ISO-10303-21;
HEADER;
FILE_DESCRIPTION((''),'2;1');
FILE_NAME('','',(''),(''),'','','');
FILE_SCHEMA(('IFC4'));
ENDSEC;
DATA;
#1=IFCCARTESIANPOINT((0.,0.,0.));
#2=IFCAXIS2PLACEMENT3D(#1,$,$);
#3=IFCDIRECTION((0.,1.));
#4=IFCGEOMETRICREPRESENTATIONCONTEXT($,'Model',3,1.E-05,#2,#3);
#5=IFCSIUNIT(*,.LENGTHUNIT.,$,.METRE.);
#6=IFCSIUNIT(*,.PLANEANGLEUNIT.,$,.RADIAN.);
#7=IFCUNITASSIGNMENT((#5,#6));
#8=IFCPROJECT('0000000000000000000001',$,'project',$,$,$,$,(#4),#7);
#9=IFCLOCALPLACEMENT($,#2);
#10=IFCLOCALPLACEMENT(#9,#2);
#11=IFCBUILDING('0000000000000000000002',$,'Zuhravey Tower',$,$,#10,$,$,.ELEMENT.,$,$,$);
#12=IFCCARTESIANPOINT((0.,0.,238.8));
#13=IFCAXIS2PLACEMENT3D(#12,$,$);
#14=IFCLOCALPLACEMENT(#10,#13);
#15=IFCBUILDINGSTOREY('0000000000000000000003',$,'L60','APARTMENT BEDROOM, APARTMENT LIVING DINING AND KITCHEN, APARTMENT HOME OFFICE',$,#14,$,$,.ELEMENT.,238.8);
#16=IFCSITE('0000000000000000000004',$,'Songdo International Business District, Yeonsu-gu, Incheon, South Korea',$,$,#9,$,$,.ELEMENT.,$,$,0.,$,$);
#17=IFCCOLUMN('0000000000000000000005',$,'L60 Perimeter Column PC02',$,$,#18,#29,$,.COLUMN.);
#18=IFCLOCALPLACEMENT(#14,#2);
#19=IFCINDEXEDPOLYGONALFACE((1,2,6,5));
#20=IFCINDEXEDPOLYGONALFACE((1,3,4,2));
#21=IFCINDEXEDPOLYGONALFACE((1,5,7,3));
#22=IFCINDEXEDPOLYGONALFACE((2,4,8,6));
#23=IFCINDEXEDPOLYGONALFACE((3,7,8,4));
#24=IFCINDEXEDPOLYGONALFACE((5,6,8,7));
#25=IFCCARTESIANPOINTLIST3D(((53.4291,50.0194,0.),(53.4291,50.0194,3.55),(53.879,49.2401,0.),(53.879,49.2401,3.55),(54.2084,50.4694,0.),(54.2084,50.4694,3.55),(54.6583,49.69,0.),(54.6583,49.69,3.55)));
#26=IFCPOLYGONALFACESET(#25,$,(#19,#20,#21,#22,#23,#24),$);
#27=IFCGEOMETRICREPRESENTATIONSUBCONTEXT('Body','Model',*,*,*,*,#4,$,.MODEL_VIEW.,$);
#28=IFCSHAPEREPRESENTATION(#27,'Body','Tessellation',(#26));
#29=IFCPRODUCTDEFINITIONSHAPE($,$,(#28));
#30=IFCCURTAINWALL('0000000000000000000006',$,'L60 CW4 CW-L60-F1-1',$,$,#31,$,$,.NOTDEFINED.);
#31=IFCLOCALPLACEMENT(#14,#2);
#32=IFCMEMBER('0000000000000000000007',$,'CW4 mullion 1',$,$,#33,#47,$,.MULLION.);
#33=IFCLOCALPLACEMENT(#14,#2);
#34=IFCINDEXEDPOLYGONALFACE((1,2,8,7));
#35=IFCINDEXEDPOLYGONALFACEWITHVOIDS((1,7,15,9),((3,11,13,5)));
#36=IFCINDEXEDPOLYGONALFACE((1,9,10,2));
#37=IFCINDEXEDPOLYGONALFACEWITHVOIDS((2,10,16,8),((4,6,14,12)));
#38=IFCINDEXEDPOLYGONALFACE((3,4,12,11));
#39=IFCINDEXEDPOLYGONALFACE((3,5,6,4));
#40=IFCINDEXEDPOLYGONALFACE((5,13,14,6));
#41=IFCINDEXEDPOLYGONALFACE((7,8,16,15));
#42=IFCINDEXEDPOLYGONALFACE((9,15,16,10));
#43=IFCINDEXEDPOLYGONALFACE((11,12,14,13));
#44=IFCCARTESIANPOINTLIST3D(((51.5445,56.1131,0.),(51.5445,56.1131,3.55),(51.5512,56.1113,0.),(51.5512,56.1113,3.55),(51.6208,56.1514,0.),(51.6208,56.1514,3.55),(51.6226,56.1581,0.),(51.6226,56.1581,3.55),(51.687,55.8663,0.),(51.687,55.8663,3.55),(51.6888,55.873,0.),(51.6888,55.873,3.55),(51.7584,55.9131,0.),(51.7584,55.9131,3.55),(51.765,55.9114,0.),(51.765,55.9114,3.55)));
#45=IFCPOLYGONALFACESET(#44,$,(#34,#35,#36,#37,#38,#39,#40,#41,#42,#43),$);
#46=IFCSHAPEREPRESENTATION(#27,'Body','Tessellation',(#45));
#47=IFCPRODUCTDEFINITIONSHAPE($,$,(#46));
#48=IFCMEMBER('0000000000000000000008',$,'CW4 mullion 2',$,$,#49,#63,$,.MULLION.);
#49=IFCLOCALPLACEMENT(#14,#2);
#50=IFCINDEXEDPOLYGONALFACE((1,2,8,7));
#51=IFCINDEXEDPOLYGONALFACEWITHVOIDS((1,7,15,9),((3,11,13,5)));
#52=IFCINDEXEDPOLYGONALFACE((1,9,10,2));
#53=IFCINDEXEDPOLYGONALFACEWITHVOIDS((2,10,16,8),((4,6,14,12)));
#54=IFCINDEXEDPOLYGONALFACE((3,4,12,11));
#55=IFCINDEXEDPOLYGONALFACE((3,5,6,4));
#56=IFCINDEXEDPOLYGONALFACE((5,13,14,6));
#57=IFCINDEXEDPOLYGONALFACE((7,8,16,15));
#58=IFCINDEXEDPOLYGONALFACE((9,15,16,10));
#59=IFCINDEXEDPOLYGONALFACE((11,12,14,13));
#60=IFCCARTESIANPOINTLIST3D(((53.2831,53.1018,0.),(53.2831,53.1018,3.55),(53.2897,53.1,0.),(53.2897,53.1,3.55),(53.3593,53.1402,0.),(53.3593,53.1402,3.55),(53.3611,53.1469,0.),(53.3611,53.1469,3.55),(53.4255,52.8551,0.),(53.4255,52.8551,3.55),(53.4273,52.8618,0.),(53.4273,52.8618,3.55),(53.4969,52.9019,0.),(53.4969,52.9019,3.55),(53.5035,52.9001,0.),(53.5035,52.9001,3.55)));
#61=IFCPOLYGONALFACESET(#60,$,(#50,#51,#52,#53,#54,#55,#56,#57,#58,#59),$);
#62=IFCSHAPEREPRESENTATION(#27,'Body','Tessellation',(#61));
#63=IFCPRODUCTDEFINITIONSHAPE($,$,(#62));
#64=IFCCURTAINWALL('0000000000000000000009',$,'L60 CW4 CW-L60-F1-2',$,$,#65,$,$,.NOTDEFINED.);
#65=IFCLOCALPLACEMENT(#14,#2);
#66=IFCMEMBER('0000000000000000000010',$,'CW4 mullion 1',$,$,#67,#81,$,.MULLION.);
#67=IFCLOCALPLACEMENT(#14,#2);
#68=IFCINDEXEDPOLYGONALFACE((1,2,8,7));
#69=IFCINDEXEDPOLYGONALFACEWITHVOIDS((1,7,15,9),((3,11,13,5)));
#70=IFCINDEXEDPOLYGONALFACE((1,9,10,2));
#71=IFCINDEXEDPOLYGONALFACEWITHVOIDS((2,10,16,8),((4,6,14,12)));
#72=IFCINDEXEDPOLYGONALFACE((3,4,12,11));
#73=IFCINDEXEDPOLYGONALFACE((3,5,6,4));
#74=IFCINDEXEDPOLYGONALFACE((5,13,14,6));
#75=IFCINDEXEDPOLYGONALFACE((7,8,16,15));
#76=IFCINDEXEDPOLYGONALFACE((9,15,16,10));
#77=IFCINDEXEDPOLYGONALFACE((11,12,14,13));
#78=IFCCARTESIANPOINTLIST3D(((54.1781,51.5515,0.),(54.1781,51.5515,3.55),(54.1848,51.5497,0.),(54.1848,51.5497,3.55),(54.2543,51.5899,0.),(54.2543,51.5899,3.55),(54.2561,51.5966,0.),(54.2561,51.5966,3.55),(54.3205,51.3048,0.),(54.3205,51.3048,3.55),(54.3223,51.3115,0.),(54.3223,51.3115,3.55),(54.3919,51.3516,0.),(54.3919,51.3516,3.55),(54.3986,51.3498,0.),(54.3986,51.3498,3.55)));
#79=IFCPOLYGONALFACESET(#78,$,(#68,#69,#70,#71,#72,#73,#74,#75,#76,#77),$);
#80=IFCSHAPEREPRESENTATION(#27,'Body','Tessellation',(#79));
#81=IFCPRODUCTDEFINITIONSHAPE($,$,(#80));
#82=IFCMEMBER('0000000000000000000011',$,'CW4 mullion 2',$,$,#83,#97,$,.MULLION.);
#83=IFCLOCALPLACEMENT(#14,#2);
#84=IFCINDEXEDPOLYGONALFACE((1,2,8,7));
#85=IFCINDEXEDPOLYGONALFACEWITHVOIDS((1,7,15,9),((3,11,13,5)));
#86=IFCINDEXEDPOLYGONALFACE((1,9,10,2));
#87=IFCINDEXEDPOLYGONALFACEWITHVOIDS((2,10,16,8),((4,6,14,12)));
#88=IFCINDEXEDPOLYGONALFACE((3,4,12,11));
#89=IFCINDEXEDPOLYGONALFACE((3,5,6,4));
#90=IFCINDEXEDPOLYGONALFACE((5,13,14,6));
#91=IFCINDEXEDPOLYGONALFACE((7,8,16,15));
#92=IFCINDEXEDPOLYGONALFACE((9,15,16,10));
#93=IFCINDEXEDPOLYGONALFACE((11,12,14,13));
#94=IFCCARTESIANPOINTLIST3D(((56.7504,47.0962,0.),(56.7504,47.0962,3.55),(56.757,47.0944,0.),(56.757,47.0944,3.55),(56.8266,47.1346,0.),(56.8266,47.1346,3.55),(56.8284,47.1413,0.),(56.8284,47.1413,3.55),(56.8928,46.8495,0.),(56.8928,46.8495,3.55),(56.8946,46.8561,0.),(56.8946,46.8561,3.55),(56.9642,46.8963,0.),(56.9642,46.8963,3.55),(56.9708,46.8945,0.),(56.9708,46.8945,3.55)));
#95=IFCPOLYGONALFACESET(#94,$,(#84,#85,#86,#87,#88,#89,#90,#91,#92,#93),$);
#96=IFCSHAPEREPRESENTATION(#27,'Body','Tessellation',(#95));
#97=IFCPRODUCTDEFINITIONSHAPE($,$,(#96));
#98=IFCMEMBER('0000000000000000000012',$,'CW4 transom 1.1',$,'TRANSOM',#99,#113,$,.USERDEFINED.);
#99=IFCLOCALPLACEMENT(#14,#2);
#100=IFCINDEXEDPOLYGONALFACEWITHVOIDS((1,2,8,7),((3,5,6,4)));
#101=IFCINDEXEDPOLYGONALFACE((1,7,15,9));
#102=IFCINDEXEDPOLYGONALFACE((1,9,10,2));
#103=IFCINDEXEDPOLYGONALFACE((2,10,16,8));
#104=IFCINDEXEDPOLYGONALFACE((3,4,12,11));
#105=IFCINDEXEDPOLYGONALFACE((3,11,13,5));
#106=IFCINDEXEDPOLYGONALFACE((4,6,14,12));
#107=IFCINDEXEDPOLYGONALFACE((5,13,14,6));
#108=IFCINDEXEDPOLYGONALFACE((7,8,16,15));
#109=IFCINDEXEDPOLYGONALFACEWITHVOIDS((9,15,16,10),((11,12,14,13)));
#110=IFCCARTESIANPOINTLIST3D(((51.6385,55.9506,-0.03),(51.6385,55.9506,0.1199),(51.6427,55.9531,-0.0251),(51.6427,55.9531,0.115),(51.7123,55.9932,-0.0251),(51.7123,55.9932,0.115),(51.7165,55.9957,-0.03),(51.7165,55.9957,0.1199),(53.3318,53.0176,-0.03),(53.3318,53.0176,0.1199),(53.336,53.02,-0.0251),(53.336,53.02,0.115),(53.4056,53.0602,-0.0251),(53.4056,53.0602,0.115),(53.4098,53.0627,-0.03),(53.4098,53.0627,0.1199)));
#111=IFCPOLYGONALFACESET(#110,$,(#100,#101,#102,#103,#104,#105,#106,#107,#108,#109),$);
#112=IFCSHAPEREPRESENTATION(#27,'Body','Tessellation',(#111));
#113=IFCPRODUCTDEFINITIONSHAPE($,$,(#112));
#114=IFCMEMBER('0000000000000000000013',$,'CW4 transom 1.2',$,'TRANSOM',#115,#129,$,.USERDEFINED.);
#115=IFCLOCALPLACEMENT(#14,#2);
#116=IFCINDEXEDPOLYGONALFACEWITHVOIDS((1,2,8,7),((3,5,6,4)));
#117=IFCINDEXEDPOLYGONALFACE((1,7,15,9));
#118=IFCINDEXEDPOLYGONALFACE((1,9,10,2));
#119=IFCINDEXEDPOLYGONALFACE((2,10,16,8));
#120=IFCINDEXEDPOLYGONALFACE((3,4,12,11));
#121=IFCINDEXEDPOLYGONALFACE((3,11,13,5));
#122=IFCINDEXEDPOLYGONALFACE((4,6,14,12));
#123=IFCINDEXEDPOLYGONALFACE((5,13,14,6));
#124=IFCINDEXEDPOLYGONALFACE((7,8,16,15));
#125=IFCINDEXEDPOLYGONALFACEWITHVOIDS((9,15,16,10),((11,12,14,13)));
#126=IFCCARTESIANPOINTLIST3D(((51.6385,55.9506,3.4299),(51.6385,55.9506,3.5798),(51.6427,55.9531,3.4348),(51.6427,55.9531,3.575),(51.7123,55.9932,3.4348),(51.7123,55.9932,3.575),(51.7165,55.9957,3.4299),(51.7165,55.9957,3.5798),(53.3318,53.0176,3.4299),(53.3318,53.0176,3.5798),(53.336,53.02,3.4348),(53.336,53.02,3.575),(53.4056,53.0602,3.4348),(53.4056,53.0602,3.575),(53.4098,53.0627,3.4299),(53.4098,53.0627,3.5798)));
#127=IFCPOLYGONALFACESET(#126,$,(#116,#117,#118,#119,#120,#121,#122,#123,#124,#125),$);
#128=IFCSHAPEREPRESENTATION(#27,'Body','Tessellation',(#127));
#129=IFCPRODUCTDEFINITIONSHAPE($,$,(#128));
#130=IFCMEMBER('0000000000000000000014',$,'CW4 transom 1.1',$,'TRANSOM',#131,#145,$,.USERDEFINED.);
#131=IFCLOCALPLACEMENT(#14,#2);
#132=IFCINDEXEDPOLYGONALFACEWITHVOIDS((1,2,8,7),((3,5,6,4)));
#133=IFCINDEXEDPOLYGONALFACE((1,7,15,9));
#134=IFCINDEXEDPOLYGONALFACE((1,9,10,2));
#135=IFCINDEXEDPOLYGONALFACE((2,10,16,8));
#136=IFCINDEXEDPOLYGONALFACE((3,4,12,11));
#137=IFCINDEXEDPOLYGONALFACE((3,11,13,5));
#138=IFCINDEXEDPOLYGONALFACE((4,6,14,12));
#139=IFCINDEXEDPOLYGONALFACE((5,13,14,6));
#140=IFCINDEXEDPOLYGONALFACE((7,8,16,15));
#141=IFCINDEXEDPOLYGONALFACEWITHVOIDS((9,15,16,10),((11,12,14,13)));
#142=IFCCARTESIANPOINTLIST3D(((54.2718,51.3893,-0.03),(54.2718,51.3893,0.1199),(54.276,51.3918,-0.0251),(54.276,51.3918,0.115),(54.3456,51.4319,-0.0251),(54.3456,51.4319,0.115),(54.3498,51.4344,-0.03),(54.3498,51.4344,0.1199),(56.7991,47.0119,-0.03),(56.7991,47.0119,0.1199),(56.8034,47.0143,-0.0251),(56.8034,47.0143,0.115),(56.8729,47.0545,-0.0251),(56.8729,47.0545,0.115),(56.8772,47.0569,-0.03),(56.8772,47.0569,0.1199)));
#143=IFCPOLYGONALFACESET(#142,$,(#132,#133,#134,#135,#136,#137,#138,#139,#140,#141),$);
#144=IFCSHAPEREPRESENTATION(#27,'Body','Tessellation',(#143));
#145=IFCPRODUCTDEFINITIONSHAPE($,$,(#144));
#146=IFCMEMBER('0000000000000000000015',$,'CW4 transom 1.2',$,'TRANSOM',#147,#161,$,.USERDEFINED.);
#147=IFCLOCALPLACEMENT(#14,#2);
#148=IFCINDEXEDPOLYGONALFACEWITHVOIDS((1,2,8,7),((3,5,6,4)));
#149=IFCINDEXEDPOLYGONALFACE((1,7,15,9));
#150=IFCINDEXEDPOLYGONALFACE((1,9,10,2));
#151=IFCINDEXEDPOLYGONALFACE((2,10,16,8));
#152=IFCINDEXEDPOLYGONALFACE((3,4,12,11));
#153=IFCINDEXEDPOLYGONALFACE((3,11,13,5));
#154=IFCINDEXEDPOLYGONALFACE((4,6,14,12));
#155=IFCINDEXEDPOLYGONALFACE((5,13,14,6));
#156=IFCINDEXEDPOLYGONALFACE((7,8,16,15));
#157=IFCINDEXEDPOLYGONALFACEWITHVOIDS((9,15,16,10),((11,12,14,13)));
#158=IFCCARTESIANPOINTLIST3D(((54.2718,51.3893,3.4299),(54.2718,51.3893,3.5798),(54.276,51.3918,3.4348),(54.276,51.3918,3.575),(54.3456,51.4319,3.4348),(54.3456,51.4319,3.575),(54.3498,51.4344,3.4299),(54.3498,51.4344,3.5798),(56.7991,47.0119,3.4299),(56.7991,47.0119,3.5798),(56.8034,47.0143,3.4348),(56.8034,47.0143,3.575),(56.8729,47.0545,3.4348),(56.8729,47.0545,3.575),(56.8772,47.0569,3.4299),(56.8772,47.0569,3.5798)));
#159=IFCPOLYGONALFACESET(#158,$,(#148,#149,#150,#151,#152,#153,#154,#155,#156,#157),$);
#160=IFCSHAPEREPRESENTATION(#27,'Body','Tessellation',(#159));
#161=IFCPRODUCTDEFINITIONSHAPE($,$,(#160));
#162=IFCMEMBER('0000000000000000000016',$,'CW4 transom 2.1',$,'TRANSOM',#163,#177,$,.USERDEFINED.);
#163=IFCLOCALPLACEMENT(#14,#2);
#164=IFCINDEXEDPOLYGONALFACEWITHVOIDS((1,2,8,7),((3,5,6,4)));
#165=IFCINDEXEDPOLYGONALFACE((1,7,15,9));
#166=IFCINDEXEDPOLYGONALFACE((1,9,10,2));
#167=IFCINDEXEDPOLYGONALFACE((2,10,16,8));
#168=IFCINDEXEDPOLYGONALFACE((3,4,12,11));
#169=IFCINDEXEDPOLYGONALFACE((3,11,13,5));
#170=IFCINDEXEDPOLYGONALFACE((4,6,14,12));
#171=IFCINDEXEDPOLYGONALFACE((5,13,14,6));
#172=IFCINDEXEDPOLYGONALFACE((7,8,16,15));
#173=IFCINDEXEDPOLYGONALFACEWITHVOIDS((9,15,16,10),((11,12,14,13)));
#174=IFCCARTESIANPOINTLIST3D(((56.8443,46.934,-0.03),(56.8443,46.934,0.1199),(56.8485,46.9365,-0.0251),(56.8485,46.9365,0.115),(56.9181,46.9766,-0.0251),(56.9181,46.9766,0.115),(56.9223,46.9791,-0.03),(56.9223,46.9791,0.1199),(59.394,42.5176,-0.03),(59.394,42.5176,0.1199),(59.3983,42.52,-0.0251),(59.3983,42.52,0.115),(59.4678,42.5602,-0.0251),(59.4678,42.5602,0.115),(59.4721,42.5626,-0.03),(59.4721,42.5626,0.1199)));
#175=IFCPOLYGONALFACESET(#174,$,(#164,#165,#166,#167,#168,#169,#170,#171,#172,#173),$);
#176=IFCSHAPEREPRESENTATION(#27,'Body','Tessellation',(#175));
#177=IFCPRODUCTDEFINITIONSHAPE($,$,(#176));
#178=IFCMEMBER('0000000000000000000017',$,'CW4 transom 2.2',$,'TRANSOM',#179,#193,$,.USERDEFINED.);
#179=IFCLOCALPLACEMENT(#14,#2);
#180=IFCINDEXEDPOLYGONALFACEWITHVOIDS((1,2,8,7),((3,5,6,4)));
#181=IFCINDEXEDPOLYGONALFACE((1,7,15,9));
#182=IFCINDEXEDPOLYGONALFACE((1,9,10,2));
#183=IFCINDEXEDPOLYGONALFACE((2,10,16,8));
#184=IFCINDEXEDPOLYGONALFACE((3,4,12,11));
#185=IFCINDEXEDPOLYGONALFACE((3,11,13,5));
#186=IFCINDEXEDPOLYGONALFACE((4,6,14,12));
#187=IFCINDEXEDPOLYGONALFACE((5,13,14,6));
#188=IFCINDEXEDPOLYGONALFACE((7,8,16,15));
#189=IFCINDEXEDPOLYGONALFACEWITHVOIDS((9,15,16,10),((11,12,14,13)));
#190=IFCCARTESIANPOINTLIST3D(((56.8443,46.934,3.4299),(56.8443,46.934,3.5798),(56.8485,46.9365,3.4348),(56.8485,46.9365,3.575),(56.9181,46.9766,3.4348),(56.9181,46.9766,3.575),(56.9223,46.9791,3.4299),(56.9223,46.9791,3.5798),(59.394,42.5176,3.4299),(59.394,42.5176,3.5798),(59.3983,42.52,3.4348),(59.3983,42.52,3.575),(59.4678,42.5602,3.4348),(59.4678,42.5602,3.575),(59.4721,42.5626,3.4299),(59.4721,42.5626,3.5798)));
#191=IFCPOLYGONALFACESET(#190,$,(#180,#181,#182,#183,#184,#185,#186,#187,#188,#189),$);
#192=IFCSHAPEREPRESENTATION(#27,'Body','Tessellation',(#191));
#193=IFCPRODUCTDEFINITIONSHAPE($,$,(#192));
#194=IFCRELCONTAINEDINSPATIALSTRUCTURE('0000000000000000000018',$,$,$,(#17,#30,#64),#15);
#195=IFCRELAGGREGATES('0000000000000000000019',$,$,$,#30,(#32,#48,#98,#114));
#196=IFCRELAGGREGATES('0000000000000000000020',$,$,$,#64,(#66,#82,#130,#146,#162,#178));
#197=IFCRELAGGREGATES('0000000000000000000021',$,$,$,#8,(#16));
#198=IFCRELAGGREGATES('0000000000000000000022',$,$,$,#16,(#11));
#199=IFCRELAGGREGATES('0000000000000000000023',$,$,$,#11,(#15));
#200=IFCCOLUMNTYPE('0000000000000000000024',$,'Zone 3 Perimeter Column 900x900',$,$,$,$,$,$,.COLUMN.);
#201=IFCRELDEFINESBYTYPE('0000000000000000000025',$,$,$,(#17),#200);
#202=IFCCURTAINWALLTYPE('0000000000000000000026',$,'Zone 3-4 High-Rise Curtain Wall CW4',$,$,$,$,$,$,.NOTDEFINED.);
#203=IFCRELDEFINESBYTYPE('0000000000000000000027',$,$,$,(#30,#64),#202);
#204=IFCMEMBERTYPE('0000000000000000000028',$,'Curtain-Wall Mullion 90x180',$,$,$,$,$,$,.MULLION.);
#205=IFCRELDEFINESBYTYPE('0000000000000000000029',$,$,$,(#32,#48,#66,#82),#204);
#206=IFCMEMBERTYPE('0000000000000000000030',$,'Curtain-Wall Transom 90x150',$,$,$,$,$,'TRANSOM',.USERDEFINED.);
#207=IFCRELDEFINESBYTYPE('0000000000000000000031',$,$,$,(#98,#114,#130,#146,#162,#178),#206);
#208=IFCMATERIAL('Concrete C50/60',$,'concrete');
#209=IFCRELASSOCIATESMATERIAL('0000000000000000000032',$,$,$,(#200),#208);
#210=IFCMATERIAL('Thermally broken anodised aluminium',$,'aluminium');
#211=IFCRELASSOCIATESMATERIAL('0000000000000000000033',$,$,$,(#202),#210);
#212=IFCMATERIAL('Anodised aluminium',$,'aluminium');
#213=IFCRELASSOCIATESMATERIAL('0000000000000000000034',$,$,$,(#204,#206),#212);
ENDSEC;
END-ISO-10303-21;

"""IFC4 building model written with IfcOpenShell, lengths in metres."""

from ifc_helpers import new_model, si_unit, direction, frame, origin, origin_2d, place, context, subcontext, project, spatial, rectangle, hollow_rectangle, extrude, material, material_profile, profile_set, type_object, element, aggregate, save


model = new_model("IFC4")

# Units and contexts
model_context = context("Model", 3, precision=1e-05, world=origin(), true_north=direction((0.0, 1.0)))
body_context = subcontext(model_context, "Body", "Model", "MODEL_VIEW")
ifc_project = project(units=[si_unit("LENGTHUNIT", "METRE"), si_unit("PLANEANGLEUNIT", "RADIAN")], contexts=[model_context])

# Site, building, storey
site_placement = place(None, origin())
site = spatial("IfcSite", under=ifc_project, at=site_placement, Name="Songdo International Business District, Yeonsu-gu, Incheon, South Korea", CompositionType="ELEMENT", RefElevation=0.0)
building_placement = place(site_placement, origin())
building = spatial("IfcBuilding", under=site, at=building_placement, Name="Zuhravey Tower", CompositionType="ELEMENT")
storey_placement = place(building_placement, frame((0.0, 0.0, 238.8)))
storey = spatial("IfcBuildingStorey", under=building, at=storey_placement, Name="L60", Description="APARTMENT BEDROOM, APARTMENT LIVING DINING AND KITCHEN, APARTMENT HOME OFFICE", CompositionType="ELEMENT", Elevation=238.8)

# Column
ifc_material_1 = material(Name="Concrete C50/60", Category="concrete")
ifc_material_profile_1 = material_profile(ifc_material_1, rectangle(XDim=0.8999, YDim=0.8999, at=origin_2d()), Name="RC-900x900")
ifc_profile_set_1 = profile_set([ifc_material_profile_1], Name="Concrete C50/60")
column_type = type_object("IfcColumnType", Name="Zone 3 Perimeter Column 900x900", PredefinedType="COLUMN", material=ifc_profile_set_1)
column_placement = place(storey_placement, frame((54.0437, 49.8547, 0.0), z_axis=(0.0, 0.0, 1.0), x_axis=(-0.5, 0.866025, 0.0)))
element("IfcColumn", 1, at=column_placement, inside=storey, type_object=column_type, Name="L60 Perimeter Column PC02", PredefinedType="COLUMN", context=body_context, shape_type="SweptSolid", body=[
    extrude(rectangle(XDim=0.8999, YDim=0.8999, at=origin_2d()), origin(), (0.0, 0.0, 1.0), 3.55),
])

# Curtain walls, members
ifc_material_2 = material(Name="Thermally broken anodised aluminium", Category="aluminium")
curtain_wall_type = type_object("IfcCurtainWallType", Name="Zone 3-4 High-Rise Curtain Wall CW4", PredefinedType="NOTDEFINED", material=ifc_material_2)
curtain_wall_1_placement = place(storey_placement, origin())
curtain_wall_1 = element("IfcCurtainWall", 2, at=curtain_wall_1_placement, inside=storey, type_object=curtain_wall_type, Name="L60 CW4 CW-L60-F1-1", PredefinedType="NOTDEFINED")
ifc_material_3 = material(Name="Anodised aluminium", Category="aluminium")
ifc_material_profile_2 = material_profile(ifc_material_3, hollow_rectangle(XDim=0.0901, YDim=0.2849, WallThickness=0.0049, at=origin_2d()), Name="ALU-RHS-90x285x5")
ifc_profile_set_2 = profile_set([ifc_material_profile_2], Name="Anodised aluminium")
member_type_1 = type_object("IfcMemberType", Name="Curtain-Wall Mullion 90x180", PredefinedType="MULLION", material=ifc_profile_set_2)
member_1_placement = place(storey_placement, frame((51.6548, 56.0122, 0.0), z_axis=(0.0, 0.0, 1.0), x_axis=(0.866025, 0.500002, 0.0)))
member_1 = element("IfcMember", 3, at=member_1_placement, type_object=member_type_1, Name="CW4 mullion 1", PredefinedType="MULLION", context=body_context, shape_type="SweptSolid", body=[
    extrude(hollow_rectangle(XDim=0.0901, YDim=0.2849, WallThickness=0.0049, at=origin_2d()), origin(), (0.0, 0.0, 1.0), 3.55),
])
member_2_placement = place(storey_placement, frame((53.3933, 53.001, 0.0), z_axis=(0.0, 0.0, 1.0), x_axis=(0.866025, 0.500002, 0.0)))
member_2 = element("IfcMember", 4, at=member_2_placement, type_object=member_type_1, Name="CW4 mullion 2", PredefinedType="MULLION", context=body_context, shape_type="SweptSolid", body=[
    extrude(hollow_rectangle(XDim=0.0901, YDim=0.2849, WallThickness=0.0049, at=origin_2d()), origin(), (0.0, 0.0, 1.0), 3.55),
])
curtain_wall_2_placement = place(storey_placement, origin())
curtain_wall_2 = element("IfcCurtainWall", 5, at=curtain_wall_2_placement, inside=storey, type_object=curtain_wall_type, Name="L60 CW4 CW-L60-F1-2", PredefinedType="NOTDEFINED")
member_3_placement = place(storey_placement, frame((54.2883, 51.4507, 0.0), z_axis=(0.0, 0.0, 1.0), x_axis=(0.866024, 0.500002, 0.0)))
member_3 = element("IfcMember", 6, at=member_3_placement, type_object=member_type_1, Name="CW4 mullion 1", PredefinedType="MULLION", context=body_context, shape_type="SweptSolid", body=[
    extrude(hollow_rectangle(XDim=0.0901, YDim=0.2849, WallThickness=0.0049, at=origin_2d()), origin(), (0.0, 0.0, 1.0), 3.55),
])
member_4_placement = place(storey_placement, frame((56.8606, 46.9954, 0.0), z_axis=(0.0, 0.0, 1.0), x_axis=(0.866024, 0.500002, 0.0)))
member_4 = element("IfcMember", 7, at=member_4_placement, type_object=member_type_1, Name="CW4 mullion 2", PredefinedType="MULLION", context=body_context, shape_type="SweptSolid", body=[
    extrude(hollow_rectangle(XDim=0.0901, YDim=0.2849, WallThickness=0.0049, at=origin_2d()), origin(), (0.0, 0.0, 1.0), 3.55),
])

# Members
ifc_material_profile_3 = material_profile(ifc_material_3, hollow_rectangle(XDim=0.0901, YDim=0.1499, WallThickness=0.0049, at=origin_2d()), Name="ALU-RHS-90x150x5")
ifc_profile_set_3 = profile_set([ifc_material_profile_3], Name="Anodised aluminium")
member_type_2 = type_object("IfcMemberType", Name="Curtain-Wall Transom 90x150", ElementType="TRANSOM", PredefinedType="USERDEFINED", material=ifc_profile_set_3)
member_5_placement = place(storey_placement, frame((51.6775, 55.9731, 0.0449), z_axis=(0.499985, -0.866034, 0.0), x_axis=(0.866034, 0.499985, 0.0)))
member_5 = element("IfcMember", 8, at=member_5_placement, type_object=member_type_2, Name="CW4 transom 1.1", ObjectType="TRANSOM", PredefinedType="USERDEFINED", context=body_context, shape_type="SweptSolid", body=[
    extrude(hollow_rectangle(XDim=0.0901, YDim=0.1499, WallThickness=0.0049, at=origin_2d()), origin(), (0.0, 0.0, 1.0), 3.3867),
])
member_6_placement = place(storey_placement, frame((51.6775, 55.9731, 3.5049), z_axis=(0.499985, -0.866034, 0.0), x_axis=(0.866034, 0.499985, 0.0)))
member_6 = element("IfcMember", 9, at=member_6_placement, type_object=member_type_2, Name="CW4 transom 1.2", ObjectType="TRANSOM", PredefinedType="USERDEFINED", context=body_context, shape_type="SweptSolid", body=[
    extrude(hollow_rectangle(XDim=0.0901, YDim=0.1499, WallThickness=0.0049, at=origin_2d()), origin(), (0.0, 0.0, 1.0), 3.3867),
])
member_7_placement = place(storey_placement, frame((54.3108, 51.4119, 0.0449), z_axis=(0.500004, -0.866023, 0.0), x_axis=(0.866023, 0.500004, 0.0)))
member_7 = element("IfcMember", 10, at=member_7_placement, type_object=member_type_2, Name="CW4 transom 1.1", ObjectType="TRANSOM", PredefinedType="USERDEFINED", context=body_context, shape_type="SweptSolid", body=[
    extrude(hollow_rectangle(XDim=0.0901, YDim=0.1499, WallThickness=0.0049, at=origin_2d()), origin(), (0.0, 0.0, 1.0), 5.0547),
])
member_8_placement = place(storey_placement, frame((54.3108, 51.4119, 3.5049), z_axis=(0.500004, -0.866023, 0.0), x_axis=(0.866023, 0.500004, 0.0)))
member_8 = element("IfcMember", 11, at=member_8_placement, type_object=member_type_2, Name="CW4 transom 1.2", ObjectType="TRANSOM", PredefinedType="USERDEFINED", context=body_context, shape_type="SweptSolid", body=[
    extrude(hollow_rectangle(XDim=0.0901, YDim=0.1499, WallThickness=0.0049, at=origin_2d()), origin(), (0.0, 0.0, 1.0), 5.0547),
])
member_9_placement = place(storey_placement, frame((56.8833, 46.9565, 0.0449), z_axis=(0.49999, -0.866031, 0.0), x_axis=(0.866031, 0.49999, 0.0)))
member_9 = element("IfcMember", 12, at=member_9_placement, type_object=member_type_2, Name="CW4 transom 2.1", ObjectType="TRANSOM", PredefinedType="USERDEFINED", context=body_context, shape_type="SweptSolid", body=[
    extrude(hollow_rectangle(XDim=0.0901, YDim=0.1499, WallThickness=0.0049, at=origin_2d()), origin(), (0.0, 0.0, 1.0), 5.0996),
])
member_10_placement = place(storey_placement, frame((56.8833, 46.9565, 3.5049), z_axis=(0.49999, -0.866031, 0.0), x_axis=(0.866031, 0.49999, 0.0)))
member_10 = element("IfcMember", 13, at=member_10_placement, type_object=member_type_2, Name="CW4 transom 2.2", ObjectType="TRANSOM", PredefinedType="USERDEFINED", context=body_context, shape_type="SweptSolid", body=[
    extrude(hollow_rectangle(XDim=0.0901, YDim=0.1499, WallThickness=0.0049, at=origin_2d()), origin(), (0.0, 0.0, 1.0), 5.0996),
])

aggregate(curtain_wall_1, [member_1, member_2, member_5, member_6])
aggregate(curtain_wall_2, [member_3, member_4, member_7, member_8, member_9, member_10])

save(model, "model.ifc")
